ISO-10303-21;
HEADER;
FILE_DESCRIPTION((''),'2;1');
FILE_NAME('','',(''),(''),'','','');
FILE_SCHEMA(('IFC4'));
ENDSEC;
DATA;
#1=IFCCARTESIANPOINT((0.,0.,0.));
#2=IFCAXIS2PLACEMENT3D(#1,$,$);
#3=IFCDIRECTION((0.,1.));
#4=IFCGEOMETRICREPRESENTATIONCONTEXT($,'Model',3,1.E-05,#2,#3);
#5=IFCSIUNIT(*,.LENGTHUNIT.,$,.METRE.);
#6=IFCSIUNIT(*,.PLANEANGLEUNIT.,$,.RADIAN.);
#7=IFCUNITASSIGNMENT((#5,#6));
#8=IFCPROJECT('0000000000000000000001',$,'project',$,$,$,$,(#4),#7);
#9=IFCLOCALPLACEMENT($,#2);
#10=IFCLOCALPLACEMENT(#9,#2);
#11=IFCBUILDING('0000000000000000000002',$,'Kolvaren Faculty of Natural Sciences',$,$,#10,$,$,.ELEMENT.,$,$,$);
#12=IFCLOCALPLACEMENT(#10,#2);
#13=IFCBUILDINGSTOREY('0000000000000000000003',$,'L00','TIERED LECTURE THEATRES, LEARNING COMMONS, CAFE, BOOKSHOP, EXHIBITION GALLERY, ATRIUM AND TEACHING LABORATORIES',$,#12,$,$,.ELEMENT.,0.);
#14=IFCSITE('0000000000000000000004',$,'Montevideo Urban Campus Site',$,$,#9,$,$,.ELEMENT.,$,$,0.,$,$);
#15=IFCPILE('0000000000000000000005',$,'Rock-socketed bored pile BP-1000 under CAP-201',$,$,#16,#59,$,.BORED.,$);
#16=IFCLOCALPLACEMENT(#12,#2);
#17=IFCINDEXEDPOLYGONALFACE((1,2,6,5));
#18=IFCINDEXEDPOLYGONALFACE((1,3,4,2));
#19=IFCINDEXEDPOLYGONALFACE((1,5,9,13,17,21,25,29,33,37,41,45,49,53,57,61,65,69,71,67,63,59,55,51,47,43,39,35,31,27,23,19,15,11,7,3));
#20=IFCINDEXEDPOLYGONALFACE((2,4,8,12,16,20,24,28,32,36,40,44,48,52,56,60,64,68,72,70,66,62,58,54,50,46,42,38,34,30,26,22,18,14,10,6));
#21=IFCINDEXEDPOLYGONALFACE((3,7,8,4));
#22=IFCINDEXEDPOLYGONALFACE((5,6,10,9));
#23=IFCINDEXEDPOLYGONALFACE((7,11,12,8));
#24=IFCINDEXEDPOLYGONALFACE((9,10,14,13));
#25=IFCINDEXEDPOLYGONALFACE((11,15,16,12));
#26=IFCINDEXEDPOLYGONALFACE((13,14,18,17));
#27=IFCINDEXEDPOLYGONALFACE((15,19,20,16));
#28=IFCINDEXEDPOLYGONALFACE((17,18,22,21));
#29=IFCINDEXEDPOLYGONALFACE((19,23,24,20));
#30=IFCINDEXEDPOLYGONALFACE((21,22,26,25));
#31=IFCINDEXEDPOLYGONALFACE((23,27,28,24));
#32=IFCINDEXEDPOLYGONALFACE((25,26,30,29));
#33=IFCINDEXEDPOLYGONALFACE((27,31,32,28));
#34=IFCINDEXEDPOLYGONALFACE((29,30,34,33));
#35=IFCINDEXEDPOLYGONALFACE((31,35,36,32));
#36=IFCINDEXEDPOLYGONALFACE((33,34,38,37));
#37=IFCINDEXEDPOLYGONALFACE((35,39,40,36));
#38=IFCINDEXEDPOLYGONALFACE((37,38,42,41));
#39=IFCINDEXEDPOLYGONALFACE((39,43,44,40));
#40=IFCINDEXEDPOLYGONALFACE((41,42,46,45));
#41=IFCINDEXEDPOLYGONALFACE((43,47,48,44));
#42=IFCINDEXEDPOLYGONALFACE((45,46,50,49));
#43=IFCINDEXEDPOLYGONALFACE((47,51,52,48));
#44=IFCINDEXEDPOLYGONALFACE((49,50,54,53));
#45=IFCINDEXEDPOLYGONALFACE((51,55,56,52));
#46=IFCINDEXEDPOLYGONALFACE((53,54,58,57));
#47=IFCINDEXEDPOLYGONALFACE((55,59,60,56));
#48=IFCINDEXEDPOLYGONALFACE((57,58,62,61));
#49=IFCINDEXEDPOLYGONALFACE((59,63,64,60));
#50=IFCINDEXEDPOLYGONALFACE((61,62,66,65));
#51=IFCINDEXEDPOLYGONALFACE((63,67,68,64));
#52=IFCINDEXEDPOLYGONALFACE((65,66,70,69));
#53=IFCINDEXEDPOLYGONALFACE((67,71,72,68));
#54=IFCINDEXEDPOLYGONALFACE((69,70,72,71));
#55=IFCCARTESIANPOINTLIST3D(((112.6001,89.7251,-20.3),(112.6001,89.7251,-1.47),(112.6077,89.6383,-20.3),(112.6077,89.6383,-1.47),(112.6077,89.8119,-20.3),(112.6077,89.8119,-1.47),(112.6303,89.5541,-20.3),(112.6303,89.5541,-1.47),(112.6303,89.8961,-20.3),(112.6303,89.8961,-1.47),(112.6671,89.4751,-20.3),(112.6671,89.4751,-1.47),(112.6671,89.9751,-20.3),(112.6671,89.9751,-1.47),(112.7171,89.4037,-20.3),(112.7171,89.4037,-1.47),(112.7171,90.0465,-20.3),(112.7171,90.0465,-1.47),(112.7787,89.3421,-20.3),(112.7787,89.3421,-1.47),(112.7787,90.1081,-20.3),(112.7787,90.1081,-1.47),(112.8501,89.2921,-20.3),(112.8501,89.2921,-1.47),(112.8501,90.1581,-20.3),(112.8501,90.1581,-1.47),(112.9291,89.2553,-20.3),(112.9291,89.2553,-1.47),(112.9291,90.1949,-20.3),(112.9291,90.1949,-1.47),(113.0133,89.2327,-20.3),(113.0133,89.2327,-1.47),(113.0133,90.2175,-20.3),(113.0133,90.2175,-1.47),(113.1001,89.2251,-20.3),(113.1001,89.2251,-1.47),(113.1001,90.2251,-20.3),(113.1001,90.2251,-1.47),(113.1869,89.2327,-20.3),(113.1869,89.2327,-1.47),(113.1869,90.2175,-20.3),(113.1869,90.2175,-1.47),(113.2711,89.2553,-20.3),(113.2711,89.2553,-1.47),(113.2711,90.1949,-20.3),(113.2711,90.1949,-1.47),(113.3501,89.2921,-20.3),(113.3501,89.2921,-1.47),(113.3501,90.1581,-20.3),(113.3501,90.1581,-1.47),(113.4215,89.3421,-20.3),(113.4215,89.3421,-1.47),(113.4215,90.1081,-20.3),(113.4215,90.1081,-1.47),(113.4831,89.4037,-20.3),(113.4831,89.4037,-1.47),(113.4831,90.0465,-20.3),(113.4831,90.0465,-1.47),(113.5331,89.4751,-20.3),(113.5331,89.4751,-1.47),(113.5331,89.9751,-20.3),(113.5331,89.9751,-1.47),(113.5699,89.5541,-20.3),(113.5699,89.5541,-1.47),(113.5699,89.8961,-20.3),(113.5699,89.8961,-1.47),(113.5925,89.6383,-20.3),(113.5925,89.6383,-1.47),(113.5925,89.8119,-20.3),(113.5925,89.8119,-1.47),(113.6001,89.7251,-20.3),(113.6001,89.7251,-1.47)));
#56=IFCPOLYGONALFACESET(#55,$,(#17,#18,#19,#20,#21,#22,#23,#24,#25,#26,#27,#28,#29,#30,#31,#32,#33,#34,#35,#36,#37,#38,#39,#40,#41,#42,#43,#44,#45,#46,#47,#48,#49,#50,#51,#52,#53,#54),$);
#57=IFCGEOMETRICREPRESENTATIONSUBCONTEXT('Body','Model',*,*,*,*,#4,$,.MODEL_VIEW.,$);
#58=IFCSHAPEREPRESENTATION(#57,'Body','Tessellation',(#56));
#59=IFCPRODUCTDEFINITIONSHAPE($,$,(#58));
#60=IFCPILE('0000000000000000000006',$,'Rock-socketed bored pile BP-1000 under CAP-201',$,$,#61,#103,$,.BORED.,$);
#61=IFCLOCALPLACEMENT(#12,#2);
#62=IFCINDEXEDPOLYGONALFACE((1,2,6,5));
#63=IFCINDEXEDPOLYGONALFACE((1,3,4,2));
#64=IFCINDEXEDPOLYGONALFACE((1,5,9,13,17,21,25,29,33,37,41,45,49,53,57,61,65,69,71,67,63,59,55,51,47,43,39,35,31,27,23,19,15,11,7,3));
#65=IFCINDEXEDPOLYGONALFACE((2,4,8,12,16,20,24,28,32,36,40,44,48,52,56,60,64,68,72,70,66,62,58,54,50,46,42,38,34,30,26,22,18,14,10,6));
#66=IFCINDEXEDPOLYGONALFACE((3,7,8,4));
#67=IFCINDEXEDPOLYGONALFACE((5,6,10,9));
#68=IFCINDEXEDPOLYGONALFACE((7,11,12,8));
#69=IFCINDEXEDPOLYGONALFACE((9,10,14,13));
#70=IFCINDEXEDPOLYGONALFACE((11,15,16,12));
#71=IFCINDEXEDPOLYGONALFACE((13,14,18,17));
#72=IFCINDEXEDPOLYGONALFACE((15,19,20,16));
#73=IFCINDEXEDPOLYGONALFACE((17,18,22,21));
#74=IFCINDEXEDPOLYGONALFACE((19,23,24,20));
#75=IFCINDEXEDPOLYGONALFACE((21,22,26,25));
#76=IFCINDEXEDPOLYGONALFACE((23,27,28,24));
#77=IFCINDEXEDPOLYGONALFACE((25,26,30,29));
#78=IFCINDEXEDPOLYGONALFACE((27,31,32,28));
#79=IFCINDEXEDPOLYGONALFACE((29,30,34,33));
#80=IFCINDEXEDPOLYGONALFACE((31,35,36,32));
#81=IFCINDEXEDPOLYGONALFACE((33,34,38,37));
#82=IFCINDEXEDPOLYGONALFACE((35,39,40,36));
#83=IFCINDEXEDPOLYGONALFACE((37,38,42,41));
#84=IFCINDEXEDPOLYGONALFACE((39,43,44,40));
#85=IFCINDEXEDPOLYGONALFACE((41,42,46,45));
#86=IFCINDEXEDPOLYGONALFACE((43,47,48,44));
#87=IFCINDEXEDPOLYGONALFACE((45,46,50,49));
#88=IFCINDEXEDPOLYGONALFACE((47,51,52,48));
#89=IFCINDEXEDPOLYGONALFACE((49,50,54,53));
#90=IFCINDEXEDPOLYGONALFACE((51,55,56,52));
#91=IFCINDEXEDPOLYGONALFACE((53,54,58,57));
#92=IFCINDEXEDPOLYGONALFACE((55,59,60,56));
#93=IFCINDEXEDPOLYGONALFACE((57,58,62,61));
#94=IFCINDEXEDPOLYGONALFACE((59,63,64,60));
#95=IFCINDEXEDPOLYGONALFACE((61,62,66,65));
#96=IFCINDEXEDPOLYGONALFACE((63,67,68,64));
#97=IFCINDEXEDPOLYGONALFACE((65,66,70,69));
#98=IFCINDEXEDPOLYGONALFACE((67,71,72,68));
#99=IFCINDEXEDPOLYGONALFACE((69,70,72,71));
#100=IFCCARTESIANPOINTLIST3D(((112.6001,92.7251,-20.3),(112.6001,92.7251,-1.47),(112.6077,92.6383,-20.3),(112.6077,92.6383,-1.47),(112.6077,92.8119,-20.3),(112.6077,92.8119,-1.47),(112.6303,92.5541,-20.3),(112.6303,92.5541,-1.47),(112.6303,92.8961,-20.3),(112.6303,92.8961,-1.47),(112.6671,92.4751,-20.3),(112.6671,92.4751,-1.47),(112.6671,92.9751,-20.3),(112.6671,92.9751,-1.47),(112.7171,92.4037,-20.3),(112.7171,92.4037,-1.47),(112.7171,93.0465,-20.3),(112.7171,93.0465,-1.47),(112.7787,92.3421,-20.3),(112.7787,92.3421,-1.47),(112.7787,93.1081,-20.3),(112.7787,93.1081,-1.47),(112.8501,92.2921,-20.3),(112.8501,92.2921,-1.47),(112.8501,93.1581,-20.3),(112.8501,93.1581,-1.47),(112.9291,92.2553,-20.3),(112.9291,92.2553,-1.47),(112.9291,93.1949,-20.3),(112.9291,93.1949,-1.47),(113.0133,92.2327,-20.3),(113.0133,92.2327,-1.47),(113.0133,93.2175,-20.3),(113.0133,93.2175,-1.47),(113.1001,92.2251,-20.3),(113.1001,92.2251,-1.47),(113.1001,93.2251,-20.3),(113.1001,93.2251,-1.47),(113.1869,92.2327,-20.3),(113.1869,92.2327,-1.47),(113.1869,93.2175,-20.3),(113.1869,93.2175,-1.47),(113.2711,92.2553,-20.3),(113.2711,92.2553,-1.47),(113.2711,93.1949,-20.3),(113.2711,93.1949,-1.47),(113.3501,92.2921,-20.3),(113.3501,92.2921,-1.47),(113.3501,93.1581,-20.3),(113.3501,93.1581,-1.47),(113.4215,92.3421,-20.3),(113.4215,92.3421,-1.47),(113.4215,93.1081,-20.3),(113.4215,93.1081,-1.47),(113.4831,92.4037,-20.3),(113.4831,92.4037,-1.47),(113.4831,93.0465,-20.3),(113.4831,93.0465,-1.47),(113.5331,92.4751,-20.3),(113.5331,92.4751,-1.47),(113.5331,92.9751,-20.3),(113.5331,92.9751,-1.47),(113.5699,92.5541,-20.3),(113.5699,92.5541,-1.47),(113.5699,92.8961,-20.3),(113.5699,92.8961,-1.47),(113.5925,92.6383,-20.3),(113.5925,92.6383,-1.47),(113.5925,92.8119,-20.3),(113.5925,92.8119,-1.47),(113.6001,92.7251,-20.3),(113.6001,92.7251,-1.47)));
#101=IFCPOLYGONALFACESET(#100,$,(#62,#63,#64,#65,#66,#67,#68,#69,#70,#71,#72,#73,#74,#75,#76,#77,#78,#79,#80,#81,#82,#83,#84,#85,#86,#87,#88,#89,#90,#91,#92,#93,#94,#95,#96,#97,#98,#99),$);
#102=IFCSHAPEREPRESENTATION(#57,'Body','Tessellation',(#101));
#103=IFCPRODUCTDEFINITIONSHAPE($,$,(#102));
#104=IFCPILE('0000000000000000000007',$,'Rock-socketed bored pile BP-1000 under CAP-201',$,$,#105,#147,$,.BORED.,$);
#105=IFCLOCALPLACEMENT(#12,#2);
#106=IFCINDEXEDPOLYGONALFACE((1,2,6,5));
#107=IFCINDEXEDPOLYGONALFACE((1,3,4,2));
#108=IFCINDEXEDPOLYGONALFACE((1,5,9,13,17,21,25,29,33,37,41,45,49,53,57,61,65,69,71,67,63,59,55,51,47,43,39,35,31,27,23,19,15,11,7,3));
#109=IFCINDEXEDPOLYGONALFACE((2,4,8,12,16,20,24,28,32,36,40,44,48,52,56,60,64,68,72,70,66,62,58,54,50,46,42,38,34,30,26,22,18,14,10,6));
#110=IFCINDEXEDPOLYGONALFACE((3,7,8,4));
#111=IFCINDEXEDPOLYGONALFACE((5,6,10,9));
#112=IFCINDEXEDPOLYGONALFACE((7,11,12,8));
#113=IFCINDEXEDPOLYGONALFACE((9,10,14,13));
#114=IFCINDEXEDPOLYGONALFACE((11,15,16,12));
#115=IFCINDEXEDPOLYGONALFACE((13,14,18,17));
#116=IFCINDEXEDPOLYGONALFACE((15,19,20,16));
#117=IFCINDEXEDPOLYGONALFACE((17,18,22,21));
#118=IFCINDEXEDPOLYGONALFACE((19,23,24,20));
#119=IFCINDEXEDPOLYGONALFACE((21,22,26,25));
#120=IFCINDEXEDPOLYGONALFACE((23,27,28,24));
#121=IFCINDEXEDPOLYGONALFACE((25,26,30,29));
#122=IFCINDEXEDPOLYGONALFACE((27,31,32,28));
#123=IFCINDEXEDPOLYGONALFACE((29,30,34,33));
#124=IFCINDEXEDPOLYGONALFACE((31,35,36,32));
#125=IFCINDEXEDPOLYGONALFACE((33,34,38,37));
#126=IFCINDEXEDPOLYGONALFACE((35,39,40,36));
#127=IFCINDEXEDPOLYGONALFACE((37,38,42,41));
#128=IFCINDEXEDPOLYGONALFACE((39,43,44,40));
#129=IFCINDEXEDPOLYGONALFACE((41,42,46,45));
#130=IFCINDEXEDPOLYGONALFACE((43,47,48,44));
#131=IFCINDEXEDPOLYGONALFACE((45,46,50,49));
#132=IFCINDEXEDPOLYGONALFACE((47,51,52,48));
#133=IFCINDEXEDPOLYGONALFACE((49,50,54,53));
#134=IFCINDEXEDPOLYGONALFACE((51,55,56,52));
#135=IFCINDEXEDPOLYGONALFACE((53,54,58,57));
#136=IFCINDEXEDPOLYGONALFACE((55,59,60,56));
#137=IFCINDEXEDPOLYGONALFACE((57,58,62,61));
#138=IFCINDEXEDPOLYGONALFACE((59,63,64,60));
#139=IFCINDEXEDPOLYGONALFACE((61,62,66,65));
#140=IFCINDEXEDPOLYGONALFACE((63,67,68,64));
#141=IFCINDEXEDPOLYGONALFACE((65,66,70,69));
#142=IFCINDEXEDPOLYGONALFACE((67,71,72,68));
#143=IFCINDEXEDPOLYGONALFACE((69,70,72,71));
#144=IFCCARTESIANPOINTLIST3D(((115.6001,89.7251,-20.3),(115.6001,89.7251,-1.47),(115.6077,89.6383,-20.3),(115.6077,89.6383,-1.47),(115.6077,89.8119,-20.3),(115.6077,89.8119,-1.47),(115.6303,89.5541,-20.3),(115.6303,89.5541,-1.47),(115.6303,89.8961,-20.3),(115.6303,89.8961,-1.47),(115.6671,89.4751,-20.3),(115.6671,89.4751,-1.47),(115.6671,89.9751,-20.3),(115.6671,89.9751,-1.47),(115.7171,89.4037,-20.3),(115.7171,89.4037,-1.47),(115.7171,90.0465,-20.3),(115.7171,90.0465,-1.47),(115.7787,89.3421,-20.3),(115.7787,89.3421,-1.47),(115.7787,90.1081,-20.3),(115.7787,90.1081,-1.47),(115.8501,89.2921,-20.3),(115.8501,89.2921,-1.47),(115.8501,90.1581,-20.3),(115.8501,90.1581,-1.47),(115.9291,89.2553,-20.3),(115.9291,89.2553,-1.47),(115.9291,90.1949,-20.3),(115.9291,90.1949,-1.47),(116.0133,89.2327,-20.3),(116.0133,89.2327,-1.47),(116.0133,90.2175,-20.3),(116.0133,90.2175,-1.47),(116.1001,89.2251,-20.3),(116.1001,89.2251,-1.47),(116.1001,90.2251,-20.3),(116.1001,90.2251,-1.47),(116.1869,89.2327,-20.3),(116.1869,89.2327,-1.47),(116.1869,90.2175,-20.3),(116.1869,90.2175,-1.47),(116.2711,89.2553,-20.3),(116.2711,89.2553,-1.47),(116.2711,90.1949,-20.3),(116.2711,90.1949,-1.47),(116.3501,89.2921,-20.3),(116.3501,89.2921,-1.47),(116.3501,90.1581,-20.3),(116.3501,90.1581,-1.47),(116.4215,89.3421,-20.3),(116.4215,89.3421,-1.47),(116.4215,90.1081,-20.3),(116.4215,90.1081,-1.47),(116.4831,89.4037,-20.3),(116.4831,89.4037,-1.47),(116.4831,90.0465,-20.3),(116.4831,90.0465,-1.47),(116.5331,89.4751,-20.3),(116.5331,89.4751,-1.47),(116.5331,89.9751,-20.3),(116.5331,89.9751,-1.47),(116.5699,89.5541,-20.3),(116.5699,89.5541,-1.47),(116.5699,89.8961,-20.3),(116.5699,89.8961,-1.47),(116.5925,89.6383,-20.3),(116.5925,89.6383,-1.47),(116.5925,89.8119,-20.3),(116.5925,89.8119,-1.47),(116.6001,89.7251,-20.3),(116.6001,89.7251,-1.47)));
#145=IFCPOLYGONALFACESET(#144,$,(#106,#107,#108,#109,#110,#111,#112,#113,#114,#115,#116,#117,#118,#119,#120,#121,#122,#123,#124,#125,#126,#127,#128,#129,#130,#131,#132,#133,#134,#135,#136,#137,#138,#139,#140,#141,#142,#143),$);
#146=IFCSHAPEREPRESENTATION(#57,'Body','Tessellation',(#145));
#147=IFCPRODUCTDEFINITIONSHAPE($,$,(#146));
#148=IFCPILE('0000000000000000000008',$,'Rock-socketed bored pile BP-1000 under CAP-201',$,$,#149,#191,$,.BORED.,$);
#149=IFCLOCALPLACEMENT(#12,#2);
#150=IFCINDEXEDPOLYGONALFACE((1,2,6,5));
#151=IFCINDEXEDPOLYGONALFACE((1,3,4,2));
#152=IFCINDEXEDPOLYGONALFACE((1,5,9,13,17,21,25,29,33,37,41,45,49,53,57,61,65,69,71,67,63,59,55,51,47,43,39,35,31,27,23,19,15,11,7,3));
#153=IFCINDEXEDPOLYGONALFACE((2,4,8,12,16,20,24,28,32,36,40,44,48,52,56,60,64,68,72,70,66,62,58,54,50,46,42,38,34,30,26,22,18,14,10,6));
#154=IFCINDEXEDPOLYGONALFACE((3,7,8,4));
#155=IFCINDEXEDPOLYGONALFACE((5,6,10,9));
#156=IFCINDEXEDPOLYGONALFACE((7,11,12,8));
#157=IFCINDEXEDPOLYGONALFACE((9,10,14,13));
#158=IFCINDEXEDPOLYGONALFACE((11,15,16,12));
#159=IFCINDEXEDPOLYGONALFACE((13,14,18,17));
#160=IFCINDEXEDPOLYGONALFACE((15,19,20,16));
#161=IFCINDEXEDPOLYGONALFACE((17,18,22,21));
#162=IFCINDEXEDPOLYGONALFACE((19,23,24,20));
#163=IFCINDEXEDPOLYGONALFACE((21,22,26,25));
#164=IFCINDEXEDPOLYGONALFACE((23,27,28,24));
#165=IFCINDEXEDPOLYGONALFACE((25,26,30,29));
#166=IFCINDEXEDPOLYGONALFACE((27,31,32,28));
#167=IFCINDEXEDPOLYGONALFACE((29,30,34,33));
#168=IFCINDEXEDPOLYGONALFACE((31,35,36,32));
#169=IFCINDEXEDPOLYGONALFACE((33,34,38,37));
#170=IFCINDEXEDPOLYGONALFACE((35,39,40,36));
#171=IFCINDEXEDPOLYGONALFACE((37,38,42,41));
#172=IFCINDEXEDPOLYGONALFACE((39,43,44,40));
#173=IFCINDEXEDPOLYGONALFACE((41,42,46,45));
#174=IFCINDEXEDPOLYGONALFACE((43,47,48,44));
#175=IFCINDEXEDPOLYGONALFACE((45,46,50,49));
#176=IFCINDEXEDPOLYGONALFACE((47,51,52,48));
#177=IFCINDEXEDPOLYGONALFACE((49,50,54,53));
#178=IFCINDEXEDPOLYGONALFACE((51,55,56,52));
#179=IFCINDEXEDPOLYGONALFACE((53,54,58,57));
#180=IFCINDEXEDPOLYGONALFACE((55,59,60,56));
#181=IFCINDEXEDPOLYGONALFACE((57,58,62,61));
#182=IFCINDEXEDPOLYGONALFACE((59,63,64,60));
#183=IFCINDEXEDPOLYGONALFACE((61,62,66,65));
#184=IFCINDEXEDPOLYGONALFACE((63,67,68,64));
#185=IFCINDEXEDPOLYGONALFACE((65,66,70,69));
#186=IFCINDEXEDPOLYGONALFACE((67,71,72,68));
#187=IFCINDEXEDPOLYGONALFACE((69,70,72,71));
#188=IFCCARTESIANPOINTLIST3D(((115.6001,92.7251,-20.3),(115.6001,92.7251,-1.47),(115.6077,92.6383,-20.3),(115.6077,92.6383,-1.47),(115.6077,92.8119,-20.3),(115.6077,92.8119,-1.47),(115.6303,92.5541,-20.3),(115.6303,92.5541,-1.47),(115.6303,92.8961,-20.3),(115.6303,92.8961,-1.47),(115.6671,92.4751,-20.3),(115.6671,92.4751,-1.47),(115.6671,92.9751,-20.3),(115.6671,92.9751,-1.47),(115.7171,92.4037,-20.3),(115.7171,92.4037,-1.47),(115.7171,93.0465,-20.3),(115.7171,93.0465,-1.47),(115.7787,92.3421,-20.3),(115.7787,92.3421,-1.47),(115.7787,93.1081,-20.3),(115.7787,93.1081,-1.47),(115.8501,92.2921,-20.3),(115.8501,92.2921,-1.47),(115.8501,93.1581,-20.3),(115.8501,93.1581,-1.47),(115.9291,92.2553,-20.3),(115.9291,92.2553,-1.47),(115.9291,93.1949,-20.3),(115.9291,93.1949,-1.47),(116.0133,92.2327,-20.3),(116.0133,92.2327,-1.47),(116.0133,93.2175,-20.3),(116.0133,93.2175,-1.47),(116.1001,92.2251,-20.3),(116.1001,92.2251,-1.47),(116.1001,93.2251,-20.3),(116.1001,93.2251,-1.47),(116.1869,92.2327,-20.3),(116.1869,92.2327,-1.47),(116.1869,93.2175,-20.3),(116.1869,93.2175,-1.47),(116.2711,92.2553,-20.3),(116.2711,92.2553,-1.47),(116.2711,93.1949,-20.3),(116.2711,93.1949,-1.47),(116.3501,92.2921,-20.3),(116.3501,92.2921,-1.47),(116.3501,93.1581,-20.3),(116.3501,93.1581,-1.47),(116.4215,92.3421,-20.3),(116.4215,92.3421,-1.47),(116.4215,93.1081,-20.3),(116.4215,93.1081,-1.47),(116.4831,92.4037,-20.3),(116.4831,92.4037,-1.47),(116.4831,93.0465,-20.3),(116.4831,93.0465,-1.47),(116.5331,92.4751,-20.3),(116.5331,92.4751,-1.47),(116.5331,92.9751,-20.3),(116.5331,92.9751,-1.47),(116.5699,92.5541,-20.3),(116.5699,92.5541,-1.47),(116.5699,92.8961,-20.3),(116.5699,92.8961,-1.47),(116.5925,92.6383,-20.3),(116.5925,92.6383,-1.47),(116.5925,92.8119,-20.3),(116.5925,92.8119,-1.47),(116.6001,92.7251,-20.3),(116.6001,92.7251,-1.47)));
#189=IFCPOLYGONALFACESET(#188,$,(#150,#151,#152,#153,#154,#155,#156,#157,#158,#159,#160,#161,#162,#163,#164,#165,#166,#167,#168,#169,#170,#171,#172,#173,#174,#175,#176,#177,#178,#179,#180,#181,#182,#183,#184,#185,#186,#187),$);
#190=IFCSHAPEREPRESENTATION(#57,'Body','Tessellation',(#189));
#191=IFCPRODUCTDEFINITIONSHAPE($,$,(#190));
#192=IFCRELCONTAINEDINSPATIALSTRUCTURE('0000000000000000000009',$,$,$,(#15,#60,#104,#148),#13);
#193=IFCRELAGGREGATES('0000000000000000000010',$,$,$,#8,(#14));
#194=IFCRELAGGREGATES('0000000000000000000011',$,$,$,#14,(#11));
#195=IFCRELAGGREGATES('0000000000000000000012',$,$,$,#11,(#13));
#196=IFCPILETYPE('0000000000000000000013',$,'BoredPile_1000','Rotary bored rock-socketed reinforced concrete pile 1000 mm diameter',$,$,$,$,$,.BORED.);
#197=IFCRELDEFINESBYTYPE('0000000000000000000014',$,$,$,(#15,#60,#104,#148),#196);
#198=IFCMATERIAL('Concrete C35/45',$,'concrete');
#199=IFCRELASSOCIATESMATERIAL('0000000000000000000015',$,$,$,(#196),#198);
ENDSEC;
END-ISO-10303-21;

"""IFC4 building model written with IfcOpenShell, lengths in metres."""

from ifc_helpers import new_model, si_unit, direction, frame, origin, origin_2d, place, context, subcontext, project, spatial, circle, extrude, material, material_profile, profile_set, type_object, element, save


model = new_model("IFC4")

# Units and contexts
model_context = context("Model", 3, precision=1e-05, world=origin(), true_north=direction((0.0, 1.0)))
body_context = subcontext(model_context, "Body", "Model", "MODEL_VIEW")
ifc_project = project(units=[si_unit("LENGTHUNIT", "METRE"), si_unit("PLANEANGLEUNIT", "RADIAN")], contexts=[model_context])

# Site, building, storey
site_placement = place(None, origin())
site = spatial("IfcSite", under=ifc_project, at=site_placement, Name="Montevideo Urban Campus Site", CompositionType="ELEMENT", RefElevation=0.0)
building_placement = place(site_placement, origin())
building = spatial("IfcBuilding", under=site, at=building_placement, Name="Kolvaren Faculty of Natural Sciences", CompositionType="ELEMENT")
storey_placement = place(building_placement, origin())
storey = spatial("IfcBuildingStorey", under=building, at=storey_placement, Name="L00", Description="TIERED LECTURE THEATRES, LEARNING COMMONS, CAFE, BOOKSHOP, EXHIBITION GALLERY, ATRIUM AND TEACHING LABORATORIES", CompositionType="ELEMENT", Elevation=0.0)

# Piles
ifc_material_1 = material(Name="Concrete C35/45", Category="concrete")
ifc_material_profile_1 = material_profile(ifc_material_1, circle(Radius=0.5, at=origin_2d()), Name="PILE D1000")
ifc_profile_set_1 = profile_set([ifc_material_profile_1], Name="Concrete C35/45")
pile_type = type_object("IfcPileType", Name="BoredPile_1000", Description="Rotary bored rock-socketed reinforced concrete pile 1000 mm diameter", PredefinedType="BORED", material=ifc_profile_set_1)
for number, where, z_axis, x_axis, name in (
    (1, (113.1001, 89.7251, -1.47), (0.0, 0.0, -1.0), (1.0, 0.0, 0.0), "Rock-socketed bored pile BP-1000 under CAP-201"),
    (2, (113.1001, 92.7251, -1.47), (0.0, 0.0, -1.0), (1.0, 0.0, 0.0), "Rock-socketed bored pile BP-1000 under CAP-201"),
    (3, (116.1001, 89.7251, -1.47), (0.0, 0.0, -1.0), (1.0, 0.0, 0.0), "Rock-socketed bored pile BP-1000 under CAP-201"),
    (4, (116.1001, 92.7251, -1.47), (0.0, 0.0, -1.0), (1.0, 0.0, 0.0), "Rock-socketed bored pile BP-1000 under CAP-201"),
):
    element("IfcPile", number, at=place(storey_placement, frame(where, z_axis=z_axis, x_axis=x_axis)), inside=storey, type_object=pile_type, Name=name, PredefinedType="BORED", context=body_context, shape_type="SweptSolid", body=[
        extrude(circle(Radius=0.5, at=origin_2d()), origin(), (0.0, 0.0, 1.0), 18.8301),
    ])

save(model, "model.ifc")
